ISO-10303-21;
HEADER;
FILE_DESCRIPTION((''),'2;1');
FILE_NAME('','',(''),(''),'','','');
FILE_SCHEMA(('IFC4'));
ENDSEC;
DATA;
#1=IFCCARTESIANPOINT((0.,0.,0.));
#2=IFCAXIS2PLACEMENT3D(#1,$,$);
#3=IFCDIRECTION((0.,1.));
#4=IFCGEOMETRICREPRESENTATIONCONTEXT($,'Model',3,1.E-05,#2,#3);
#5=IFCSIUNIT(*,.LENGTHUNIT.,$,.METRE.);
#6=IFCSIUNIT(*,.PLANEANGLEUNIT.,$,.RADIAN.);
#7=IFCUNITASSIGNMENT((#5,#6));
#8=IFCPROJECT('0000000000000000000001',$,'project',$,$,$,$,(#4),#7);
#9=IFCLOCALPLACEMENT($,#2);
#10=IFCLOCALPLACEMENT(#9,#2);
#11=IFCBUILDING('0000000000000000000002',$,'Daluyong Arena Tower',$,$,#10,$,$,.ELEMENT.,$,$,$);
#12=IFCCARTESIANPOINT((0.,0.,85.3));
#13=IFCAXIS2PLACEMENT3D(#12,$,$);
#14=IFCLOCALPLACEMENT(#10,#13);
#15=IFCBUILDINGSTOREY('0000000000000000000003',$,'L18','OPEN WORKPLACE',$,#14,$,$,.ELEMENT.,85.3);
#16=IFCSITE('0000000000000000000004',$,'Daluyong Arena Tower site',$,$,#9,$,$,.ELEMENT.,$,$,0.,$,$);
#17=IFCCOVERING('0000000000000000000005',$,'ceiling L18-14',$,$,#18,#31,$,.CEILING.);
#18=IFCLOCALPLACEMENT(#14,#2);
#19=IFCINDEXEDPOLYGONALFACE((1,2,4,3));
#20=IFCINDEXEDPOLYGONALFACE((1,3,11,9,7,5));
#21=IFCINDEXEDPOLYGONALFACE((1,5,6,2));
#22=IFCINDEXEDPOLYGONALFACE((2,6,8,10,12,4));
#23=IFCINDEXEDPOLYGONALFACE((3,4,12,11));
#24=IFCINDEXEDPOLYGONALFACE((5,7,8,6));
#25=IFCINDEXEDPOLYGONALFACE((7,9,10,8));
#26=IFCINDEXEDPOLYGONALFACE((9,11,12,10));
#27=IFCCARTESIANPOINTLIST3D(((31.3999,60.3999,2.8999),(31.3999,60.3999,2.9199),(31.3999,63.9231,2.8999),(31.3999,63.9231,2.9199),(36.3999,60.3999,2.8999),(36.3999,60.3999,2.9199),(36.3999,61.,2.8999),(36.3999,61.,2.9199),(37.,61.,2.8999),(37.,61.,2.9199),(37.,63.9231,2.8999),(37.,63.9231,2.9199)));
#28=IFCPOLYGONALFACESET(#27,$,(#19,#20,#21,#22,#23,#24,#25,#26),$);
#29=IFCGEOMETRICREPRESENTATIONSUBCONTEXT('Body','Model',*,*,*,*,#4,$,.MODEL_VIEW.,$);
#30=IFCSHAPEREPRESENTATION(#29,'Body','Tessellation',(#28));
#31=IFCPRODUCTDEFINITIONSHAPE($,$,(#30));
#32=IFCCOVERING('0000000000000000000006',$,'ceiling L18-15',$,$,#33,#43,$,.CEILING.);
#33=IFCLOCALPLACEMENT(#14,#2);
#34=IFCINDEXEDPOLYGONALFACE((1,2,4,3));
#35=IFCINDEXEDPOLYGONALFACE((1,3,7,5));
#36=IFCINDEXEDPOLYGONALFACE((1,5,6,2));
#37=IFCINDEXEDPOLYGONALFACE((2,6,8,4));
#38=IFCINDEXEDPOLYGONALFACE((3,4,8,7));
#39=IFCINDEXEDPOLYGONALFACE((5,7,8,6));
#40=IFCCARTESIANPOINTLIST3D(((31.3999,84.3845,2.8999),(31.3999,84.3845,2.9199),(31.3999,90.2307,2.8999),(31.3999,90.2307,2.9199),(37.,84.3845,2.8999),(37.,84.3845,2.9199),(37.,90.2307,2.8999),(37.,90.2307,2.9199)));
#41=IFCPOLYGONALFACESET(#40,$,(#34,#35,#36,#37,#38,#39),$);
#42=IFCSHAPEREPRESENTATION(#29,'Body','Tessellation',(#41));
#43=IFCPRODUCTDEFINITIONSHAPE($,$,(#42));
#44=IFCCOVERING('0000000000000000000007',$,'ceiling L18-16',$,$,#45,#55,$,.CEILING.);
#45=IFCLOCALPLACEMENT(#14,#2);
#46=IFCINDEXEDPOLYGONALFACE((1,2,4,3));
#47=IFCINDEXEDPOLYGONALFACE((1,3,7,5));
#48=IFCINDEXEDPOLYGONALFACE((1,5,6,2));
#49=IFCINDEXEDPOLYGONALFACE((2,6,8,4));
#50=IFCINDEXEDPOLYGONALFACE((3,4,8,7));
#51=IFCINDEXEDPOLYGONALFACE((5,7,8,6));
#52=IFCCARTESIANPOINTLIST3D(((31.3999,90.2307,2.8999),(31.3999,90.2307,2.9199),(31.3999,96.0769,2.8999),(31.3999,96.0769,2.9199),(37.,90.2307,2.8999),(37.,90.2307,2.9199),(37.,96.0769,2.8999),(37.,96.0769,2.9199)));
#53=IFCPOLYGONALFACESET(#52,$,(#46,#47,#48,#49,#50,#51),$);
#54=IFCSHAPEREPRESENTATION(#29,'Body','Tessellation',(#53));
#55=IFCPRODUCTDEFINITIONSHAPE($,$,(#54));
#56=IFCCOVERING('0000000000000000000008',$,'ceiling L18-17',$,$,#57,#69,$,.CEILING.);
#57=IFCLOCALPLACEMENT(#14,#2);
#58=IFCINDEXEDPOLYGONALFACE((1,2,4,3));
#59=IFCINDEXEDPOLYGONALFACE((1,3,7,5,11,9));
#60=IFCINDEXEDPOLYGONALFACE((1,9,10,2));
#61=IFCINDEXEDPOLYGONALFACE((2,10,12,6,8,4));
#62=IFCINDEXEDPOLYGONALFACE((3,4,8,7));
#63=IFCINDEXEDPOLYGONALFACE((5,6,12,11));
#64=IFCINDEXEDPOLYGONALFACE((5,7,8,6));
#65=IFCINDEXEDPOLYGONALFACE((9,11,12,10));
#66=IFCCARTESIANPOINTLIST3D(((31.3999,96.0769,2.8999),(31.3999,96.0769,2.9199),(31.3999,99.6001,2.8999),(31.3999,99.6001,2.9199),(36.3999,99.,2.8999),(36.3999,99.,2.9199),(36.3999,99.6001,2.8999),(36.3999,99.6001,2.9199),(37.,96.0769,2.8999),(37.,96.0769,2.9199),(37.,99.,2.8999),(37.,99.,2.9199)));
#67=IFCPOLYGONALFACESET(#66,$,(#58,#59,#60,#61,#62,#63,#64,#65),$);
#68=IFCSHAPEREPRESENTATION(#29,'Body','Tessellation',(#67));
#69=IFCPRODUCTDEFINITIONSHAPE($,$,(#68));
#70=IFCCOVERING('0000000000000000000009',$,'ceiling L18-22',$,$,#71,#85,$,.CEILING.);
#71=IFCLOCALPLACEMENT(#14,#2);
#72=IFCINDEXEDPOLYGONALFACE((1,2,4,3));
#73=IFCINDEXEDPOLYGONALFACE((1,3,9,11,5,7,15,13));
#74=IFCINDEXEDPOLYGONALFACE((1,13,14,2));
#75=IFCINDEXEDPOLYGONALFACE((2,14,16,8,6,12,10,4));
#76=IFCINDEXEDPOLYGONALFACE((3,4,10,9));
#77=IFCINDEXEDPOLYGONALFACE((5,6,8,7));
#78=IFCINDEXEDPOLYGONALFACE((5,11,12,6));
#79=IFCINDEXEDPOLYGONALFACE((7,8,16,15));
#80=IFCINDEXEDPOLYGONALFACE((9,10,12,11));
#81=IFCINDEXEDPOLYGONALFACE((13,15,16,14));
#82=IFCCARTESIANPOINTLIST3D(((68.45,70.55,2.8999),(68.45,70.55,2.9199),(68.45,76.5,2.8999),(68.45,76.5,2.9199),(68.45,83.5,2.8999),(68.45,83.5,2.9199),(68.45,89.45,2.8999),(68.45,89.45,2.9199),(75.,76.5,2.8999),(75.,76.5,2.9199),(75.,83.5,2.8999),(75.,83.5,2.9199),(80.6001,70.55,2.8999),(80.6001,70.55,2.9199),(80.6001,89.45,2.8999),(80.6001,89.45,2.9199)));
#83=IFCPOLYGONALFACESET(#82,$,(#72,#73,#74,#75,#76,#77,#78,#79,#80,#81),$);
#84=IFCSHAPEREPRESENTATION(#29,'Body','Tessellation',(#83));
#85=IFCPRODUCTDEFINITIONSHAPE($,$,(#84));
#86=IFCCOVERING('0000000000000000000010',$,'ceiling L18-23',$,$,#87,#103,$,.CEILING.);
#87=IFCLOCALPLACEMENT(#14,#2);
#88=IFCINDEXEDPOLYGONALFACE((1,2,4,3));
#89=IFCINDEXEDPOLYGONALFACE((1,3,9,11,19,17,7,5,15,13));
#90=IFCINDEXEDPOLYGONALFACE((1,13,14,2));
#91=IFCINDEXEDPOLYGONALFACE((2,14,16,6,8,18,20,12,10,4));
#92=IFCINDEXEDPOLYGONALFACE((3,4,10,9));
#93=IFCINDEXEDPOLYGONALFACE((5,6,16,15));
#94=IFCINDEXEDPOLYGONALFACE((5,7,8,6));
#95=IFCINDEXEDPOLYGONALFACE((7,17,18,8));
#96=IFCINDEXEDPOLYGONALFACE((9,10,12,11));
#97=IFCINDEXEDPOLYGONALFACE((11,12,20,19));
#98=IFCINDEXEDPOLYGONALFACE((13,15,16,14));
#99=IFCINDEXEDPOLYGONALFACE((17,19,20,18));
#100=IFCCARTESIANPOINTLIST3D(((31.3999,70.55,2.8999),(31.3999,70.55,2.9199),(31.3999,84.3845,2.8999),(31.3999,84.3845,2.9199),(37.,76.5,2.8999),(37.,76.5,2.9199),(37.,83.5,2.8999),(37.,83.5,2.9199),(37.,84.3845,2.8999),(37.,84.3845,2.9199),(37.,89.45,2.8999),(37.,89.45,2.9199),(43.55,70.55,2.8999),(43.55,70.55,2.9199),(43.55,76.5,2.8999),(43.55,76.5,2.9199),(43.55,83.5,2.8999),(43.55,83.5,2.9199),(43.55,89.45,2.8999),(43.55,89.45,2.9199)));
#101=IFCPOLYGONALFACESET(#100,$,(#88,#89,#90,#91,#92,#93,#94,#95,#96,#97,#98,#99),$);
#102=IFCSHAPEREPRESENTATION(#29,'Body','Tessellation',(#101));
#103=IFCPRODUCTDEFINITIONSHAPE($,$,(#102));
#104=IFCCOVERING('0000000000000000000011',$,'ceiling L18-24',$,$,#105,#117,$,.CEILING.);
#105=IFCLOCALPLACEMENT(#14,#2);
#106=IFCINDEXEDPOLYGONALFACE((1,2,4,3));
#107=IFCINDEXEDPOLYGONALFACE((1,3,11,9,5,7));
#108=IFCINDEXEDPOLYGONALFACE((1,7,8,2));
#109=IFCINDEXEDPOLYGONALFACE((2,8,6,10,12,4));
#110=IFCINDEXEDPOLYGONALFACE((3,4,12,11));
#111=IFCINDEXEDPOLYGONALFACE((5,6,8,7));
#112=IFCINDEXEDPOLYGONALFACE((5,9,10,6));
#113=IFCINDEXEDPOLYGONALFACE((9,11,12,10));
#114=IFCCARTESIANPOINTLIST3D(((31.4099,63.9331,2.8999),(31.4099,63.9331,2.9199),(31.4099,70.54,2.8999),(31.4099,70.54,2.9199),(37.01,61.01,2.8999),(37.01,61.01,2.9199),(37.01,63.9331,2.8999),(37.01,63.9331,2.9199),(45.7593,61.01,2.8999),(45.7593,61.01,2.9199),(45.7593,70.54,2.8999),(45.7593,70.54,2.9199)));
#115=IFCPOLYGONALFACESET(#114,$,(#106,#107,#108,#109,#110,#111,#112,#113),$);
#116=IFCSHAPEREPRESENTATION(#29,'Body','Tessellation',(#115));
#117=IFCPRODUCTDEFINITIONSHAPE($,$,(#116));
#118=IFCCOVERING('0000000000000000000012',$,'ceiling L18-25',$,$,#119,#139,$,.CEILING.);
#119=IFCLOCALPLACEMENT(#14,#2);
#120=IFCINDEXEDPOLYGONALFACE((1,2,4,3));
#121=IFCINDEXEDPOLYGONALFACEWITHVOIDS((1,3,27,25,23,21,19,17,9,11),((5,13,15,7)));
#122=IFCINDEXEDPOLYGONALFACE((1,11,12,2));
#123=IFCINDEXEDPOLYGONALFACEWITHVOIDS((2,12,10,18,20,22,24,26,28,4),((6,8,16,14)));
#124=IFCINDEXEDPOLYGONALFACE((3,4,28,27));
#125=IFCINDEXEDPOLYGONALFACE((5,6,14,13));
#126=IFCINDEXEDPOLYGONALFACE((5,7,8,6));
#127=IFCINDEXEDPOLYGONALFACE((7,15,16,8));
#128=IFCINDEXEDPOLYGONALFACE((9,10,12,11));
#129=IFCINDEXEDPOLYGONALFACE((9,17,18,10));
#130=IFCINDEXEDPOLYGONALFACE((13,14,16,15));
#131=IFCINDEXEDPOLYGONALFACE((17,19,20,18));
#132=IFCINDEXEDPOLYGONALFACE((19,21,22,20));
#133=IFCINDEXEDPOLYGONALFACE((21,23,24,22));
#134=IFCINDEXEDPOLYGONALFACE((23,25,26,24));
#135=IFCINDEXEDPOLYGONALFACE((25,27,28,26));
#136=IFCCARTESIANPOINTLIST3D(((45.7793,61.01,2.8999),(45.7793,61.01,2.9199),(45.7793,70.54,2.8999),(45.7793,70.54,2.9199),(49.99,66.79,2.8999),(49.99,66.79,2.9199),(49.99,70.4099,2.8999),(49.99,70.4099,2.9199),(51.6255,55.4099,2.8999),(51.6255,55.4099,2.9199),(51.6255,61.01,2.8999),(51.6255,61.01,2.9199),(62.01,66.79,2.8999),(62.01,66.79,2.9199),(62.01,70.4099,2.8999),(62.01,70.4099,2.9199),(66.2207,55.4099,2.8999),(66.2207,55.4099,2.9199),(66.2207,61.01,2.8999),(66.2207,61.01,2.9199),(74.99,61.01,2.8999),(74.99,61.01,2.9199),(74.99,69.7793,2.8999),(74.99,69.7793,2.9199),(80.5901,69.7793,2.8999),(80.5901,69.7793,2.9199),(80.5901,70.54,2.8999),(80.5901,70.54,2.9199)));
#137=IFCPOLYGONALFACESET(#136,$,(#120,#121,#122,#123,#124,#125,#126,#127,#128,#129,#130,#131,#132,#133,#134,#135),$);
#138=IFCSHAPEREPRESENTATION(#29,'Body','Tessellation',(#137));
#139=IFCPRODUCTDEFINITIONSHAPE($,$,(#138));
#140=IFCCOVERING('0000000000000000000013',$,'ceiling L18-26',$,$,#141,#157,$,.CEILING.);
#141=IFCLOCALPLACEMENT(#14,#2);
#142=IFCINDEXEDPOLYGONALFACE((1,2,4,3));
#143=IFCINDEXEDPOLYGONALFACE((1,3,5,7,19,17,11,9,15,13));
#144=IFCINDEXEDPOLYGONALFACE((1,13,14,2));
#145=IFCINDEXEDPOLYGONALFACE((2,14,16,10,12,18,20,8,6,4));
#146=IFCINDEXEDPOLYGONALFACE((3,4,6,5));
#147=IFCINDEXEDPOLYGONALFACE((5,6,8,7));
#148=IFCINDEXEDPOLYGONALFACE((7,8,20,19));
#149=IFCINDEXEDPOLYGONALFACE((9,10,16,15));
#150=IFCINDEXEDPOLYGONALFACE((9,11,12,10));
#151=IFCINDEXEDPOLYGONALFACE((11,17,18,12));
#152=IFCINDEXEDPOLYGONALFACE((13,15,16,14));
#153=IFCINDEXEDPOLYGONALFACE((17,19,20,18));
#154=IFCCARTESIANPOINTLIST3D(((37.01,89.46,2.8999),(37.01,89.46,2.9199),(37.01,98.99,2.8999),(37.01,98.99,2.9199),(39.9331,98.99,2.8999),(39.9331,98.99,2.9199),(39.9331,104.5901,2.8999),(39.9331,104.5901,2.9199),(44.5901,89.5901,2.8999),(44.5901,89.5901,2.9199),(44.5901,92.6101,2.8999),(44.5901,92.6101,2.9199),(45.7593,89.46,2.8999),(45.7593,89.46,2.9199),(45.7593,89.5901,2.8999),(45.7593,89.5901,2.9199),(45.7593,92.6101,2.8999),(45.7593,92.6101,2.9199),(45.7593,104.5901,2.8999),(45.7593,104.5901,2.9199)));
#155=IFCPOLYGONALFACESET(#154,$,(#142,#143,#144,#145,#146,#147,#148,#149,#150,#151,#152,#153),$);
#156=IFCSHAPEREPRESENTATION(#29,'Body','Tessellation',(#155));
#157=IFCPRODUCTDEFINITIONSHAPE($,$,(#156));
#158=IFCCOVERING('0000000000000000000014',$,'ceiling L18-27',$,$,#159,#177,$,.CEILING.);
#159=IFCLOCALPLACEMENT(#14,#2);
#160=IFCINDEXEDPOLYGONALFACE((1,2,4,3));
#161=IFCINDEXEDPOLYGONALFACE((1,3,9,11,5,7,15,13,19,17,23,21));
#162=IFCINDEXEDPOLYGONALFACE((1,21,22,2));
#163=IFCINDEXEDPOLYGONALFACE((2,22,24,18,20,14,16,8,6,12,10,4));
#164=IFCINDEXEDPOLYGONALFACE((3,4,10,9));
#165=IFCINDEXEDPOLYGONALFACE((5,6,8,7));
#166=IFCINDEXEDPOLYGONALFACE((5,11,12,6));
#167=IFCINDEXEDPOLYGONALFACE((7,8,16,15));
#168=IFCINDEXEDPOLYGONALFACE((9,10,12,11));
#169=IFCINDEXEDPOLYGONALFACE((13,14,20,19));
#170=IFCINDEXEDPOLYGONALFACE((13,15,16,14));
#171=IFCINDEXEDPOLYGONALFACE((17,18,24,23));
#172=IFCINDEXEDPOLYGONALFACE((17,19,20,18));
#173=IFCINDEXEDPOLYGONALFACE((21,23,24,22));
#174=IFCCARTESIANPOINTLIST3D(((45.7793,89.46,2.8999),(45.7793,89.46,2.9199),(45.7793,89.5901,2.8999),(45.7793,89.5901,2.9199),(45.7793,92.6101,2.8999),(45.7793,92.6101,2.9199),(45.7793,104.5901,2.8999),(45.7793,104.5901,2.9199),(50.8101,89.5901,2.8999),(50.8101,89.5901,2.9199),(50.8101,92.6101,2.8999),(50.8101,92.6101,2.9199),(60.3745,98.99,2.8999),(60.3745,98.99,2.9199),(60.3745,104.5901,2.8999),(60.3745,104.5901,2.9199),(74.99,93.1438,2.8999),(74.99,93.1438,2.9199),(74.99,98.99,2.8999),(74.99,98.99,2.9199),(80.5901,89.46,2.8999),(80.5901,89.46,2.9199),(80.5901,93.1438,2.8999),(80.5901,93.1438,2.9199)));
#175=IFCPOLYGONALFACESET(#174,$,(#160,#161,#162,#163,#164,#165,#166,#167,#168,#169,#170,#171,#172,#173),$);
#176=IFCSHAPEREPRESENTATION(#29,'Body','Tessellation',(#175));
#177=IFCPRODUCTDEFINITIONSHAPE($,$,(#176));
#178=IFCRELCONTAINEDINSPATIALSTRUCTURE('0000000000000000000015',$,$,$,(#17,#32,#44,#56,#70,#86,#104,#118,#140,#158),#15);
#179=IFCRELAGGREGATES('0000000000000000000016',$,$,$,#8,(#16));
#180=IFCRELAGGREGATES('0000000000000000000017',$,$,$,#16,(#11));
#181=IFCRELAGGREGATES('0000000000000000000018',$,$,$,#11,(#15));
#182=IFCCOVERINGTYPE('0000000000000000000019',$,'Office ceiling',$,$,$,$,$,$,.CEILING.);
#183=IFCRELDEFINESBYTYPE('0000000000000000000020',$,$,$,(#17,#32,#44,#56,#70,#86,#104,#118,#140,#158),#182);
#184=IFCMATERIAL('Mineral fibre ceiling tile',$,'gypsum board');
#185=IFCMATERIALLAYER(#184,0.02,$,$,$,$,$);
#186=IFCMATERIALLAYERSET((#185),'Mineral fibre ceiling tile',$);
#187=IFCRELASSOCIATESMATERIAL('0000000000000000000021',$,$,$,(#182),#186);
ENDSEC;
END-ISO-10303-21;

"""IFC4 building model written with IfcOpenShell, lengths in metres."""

from ifc_helpers import new_model, si_unit, direction, frame, origin, place, context, subcontext, project, spatial, polyline, outline, extrude, material, layer, layer_set, type_object, element, save


model = new_model("IFC4")

# Units and contexts
model_context = context("Model", 3, precision=1e-05, world=origin(), true_north=direction((0.0, 1.0)))
body_context = subcontext(model_context, "Body", "Model", "MODEL_VIEW")
ifc_project = project(units=[si_unit("LENGTHUNIT", "METRE"), si_unit("PLANEANGLEUNIT", "RADIAN")], contexts=[model_context])

# Site, building, storey
site_placement = place(None, origin())
site = spatial("IfcSite", under=ifc_project, at=site_placement, Name="Daluyong Arena Tower site", CompositionType="ELEMENT", RefElevation=0.0)
building_placement = place(site_placement, origin())
building = spatial("IfcBuilding", under=site, at=building_placement, Name="Daluyong Arena Tower", CompositionType="ELEMENT")
storey_placement = place(building_placement, frame((0.0, 0.0, 85.3)))
storey = spatial("IfcBuildingStorey", under=building, at=storey_placement, Name="L18", Description="OPEN WORKPLACE", CompositionType="ELEMENT", Elevation=85.3)

# Coverings
ifc_material_1 = material(Name="Mineral fibre ceiling tile", Category="gypsum board")
ifc_layer_1 = layer(ifc_material_1, 0.02)
ifc_layer_set_1 = layer_set([ifc_layer_1], Name="Mineral fibre ceiling tile")
covering_type = type_object("IfcCoveringType", Name="Office ceiling", PredefinedType="CEILING", material=ifc_layer_set_1)
covering_1_placement = place(storey_placement, frame((0.0, 0.0, 2.8999)))
element("IfcCovering", 1, at=covering_1_placement, inside=storey, type_object=covering_type, Name="ceiling L18-14", PredefinedType="CEILING", context=body_context, shape_type="SweptSolid", body=[
    extrude(outline(polyline([(31.3999, 60.3999), (36.3999, 60.3999), (36.3999, 61.0), (37.0, 61.0), (37.0, 63.9231), (31.3999, 63.9231), (31.3999, 60.3999)])), origin(), (0.0, 0.0, 1.0), 0.02),
])
covering_2_placement = place(storey_placement, frame((0.0, 0.0, 2.8999)))
element("IfcCovering", 2, at=covering_2_placement, inside=storey, type_object=covering_type, Name="ceiling L18-15", PredefinedType="CEILING", context=body_context, shape_type="SweptSolid", body=[
    extrude(outline(polyline([(37.0, 90.2307), (31.3999, 90.2307), (31.3999, 84.3845), (37.0, 84.3845), (37.0, 90.2307)])), origin(), (0.0, 0.0, 1.0), 0.02),
])
covering_3_placement = place(storey_placement, frame((0.0, 0.0, 2.8999)))
element("IfcCovering", 3, at=covering_3_placement, inside=storey, type_object=covering_type, Name="ceiling L18-16", PredefinedType="CEILING", context=body_context, shape_type="SweptSolid", body=[
    extrude(outline(polyline([(37.0, 96.0769), (31.3999, 96.0769), (31.3999, 90.2307), (37.0, 90.2307), (37.0, 96.0769)])), origin(), (0.0, 0.0, 1.0), 0.02),
])
covering_4_placement = place(storey_placement, frame((0.0, 0.0, 2.8999)))
element("IfcCovering", 4, at=covering_4_placement, inside=storey, type_object=covering_type, Name="ceiling L18-17", PredefinedType="CEILING", context=body_context, shape_type="SweptSolid", body=[
    extrude(outline(polyline([(37.0, 96.0769), (37.0, 99.0), (36.3999, 99.0), (36.3999, 99.6001), (31.3999, 99.6001), (31.3999, 96.0769), (37.0, 96.0769)])), origin(), (0.0, 0.0, 1.0), 0.02),
])
covering_5_placement = place(storey_placement, frame((0.0, 0.0, 2.8999)))
element("IfcCovering", 5, at=covering_5_placement, inside=storey, type_object=covering_type, Name="ceiling L18-22", PredefinedType="CEILING", context=body_context, shape_type="SweptSolid", body=[
    extrude(outline(polyline([(80.6001, 70.55), (80.6001, 89.45), (68.45, 89.45), (68.45, 83.5), (75.0, 83.5), (75.0, 76.5), (68.45, 76.5), (68.45, 70.55), (80.6001, 70.55)])), origin(), (0.0, 0.0, 1.0), 0.02),
])
covering_6_placement = place(storey_placement, frame((0.0, 0.0, 2.8999)))
element("IfcCovering", 6, at=covering_6_placement, inside=storey, type_object=covering_type, Name="ceiling L18-23", PredefinedType="CEILING", context=body_context, shape_type="SweptSolid", body=[
    extrude(outline(polyline([(31.3999, 84.3845), (31.3999, 70.55), (43.55, 70.55), (43.55, 76.5), (37.0, 76.5), (37.0, 83.5), (43.55, 83.5), (43.55, 89.45), (37.0, 89.45), (37.0, 84.3845), (31.3999, 84.3845)])), origin(), (0.0, 0.0, 1.0), 0.02),
])
covering_7_placement = place(storey_placement, frame((0.0, 0.0, 2.8999)))
element("IfcCovering", 7, at=covering_7_placement, inside=storey, type_object=covering_type, Name="ceiling L18-24", PredefinedType="CEILING", context=body_context, shape_type="SweptSolid", body=[
    extrude(outline(polyline([(37.01, 61.01), (45.7593, 61.01), (45.7593, 70.54), (31.4099, 70.54), (31.4099, 63.9331), (37.01, 63.9331), (37.01, 61.01)])), origin(), (0.0, 0.0, 1.0), 0.02),
])
covering_8_placement = place(storey_placement, frame((0.0, 0.0, 2.8999)))
element("IfcCovering", 8, at=covering_8_placement, inside=storey, type_object=covering_type, Name="ceiling L18-25", PredefinedType="CEILING", context=body_context, shape_type="SweptSolid", body=[
    extrude(outline(polyline([(74.99, 61.01), (74.99, 69.7793), (80.5901, 69.7793), (80.5901, 70.54), (45.7793, 70.54), (45.7793, 61.01), (51.6255, 61.01), (51.6255, 55.4099), (66.2207, 55.4099), (66.2207, 61.01), (74.99, 61.01)]), holes=[polyline([(62.01, 66.79), (49.99, 66.79), (49.99, 70.4099), (62.01, 70.4099), (62.01, 66.79)])]), origin(), (0.0, 0.0, 1.0), 0.02),
])
covering_9_placement = place(storey_placement, frame((0.0, 0.0, 2.8999)))
element("IfcCovering", 9, at=covering_9_placement, inside=storey, type_object=covering_type, Name="ceiling L18-26", PredefinedType="CEILING", context=body_context, shape_type="SweptSolid", body=[
    extrude(outline(polyline([(37.01, 98.99), (37.01, 89.46), (45.7593, 89.46), (45.7593, 89.5901), (44.5901, 89.5901), (44.5901, 92.6101), (45.7593, 92.6101), (45.7593, 104.5901), (39.9331, 104.5901), (39.9331, 98.99), (37.01, 98.99)])), origin(), (0.0, 0.0, 1.0), 0.02),
])
covering_10_placement = place(storey_placement, frame((0.0, 0.0, 2.8999)))
element("IfcCovering", 10, at=covering_10_placement, inside=storey, type_object=covering_type, Name="ceiling L18-27", PredefinedType="CEILING", context=body_context, shape_type="SweptSolid", body=[
    extrude(outline(polyline([(60.3745, 98.99), (60.3745, 104.5901), (45.7793, 104.5901), (45.7793, 92.6101), (50.8101, 92.6101), (50.8101, 89.5901), (45.7793, 89.5901), (45.7793, 89.46), (80.5901, 89.46), (80.5901, 93.1438), (74.99, 93.1438), (74.99, 98.99), (60.3745, 98.99)])), origin(), (0.0, 0.0, 1.0), 0.02),
])

save(model, "model.ifc")
